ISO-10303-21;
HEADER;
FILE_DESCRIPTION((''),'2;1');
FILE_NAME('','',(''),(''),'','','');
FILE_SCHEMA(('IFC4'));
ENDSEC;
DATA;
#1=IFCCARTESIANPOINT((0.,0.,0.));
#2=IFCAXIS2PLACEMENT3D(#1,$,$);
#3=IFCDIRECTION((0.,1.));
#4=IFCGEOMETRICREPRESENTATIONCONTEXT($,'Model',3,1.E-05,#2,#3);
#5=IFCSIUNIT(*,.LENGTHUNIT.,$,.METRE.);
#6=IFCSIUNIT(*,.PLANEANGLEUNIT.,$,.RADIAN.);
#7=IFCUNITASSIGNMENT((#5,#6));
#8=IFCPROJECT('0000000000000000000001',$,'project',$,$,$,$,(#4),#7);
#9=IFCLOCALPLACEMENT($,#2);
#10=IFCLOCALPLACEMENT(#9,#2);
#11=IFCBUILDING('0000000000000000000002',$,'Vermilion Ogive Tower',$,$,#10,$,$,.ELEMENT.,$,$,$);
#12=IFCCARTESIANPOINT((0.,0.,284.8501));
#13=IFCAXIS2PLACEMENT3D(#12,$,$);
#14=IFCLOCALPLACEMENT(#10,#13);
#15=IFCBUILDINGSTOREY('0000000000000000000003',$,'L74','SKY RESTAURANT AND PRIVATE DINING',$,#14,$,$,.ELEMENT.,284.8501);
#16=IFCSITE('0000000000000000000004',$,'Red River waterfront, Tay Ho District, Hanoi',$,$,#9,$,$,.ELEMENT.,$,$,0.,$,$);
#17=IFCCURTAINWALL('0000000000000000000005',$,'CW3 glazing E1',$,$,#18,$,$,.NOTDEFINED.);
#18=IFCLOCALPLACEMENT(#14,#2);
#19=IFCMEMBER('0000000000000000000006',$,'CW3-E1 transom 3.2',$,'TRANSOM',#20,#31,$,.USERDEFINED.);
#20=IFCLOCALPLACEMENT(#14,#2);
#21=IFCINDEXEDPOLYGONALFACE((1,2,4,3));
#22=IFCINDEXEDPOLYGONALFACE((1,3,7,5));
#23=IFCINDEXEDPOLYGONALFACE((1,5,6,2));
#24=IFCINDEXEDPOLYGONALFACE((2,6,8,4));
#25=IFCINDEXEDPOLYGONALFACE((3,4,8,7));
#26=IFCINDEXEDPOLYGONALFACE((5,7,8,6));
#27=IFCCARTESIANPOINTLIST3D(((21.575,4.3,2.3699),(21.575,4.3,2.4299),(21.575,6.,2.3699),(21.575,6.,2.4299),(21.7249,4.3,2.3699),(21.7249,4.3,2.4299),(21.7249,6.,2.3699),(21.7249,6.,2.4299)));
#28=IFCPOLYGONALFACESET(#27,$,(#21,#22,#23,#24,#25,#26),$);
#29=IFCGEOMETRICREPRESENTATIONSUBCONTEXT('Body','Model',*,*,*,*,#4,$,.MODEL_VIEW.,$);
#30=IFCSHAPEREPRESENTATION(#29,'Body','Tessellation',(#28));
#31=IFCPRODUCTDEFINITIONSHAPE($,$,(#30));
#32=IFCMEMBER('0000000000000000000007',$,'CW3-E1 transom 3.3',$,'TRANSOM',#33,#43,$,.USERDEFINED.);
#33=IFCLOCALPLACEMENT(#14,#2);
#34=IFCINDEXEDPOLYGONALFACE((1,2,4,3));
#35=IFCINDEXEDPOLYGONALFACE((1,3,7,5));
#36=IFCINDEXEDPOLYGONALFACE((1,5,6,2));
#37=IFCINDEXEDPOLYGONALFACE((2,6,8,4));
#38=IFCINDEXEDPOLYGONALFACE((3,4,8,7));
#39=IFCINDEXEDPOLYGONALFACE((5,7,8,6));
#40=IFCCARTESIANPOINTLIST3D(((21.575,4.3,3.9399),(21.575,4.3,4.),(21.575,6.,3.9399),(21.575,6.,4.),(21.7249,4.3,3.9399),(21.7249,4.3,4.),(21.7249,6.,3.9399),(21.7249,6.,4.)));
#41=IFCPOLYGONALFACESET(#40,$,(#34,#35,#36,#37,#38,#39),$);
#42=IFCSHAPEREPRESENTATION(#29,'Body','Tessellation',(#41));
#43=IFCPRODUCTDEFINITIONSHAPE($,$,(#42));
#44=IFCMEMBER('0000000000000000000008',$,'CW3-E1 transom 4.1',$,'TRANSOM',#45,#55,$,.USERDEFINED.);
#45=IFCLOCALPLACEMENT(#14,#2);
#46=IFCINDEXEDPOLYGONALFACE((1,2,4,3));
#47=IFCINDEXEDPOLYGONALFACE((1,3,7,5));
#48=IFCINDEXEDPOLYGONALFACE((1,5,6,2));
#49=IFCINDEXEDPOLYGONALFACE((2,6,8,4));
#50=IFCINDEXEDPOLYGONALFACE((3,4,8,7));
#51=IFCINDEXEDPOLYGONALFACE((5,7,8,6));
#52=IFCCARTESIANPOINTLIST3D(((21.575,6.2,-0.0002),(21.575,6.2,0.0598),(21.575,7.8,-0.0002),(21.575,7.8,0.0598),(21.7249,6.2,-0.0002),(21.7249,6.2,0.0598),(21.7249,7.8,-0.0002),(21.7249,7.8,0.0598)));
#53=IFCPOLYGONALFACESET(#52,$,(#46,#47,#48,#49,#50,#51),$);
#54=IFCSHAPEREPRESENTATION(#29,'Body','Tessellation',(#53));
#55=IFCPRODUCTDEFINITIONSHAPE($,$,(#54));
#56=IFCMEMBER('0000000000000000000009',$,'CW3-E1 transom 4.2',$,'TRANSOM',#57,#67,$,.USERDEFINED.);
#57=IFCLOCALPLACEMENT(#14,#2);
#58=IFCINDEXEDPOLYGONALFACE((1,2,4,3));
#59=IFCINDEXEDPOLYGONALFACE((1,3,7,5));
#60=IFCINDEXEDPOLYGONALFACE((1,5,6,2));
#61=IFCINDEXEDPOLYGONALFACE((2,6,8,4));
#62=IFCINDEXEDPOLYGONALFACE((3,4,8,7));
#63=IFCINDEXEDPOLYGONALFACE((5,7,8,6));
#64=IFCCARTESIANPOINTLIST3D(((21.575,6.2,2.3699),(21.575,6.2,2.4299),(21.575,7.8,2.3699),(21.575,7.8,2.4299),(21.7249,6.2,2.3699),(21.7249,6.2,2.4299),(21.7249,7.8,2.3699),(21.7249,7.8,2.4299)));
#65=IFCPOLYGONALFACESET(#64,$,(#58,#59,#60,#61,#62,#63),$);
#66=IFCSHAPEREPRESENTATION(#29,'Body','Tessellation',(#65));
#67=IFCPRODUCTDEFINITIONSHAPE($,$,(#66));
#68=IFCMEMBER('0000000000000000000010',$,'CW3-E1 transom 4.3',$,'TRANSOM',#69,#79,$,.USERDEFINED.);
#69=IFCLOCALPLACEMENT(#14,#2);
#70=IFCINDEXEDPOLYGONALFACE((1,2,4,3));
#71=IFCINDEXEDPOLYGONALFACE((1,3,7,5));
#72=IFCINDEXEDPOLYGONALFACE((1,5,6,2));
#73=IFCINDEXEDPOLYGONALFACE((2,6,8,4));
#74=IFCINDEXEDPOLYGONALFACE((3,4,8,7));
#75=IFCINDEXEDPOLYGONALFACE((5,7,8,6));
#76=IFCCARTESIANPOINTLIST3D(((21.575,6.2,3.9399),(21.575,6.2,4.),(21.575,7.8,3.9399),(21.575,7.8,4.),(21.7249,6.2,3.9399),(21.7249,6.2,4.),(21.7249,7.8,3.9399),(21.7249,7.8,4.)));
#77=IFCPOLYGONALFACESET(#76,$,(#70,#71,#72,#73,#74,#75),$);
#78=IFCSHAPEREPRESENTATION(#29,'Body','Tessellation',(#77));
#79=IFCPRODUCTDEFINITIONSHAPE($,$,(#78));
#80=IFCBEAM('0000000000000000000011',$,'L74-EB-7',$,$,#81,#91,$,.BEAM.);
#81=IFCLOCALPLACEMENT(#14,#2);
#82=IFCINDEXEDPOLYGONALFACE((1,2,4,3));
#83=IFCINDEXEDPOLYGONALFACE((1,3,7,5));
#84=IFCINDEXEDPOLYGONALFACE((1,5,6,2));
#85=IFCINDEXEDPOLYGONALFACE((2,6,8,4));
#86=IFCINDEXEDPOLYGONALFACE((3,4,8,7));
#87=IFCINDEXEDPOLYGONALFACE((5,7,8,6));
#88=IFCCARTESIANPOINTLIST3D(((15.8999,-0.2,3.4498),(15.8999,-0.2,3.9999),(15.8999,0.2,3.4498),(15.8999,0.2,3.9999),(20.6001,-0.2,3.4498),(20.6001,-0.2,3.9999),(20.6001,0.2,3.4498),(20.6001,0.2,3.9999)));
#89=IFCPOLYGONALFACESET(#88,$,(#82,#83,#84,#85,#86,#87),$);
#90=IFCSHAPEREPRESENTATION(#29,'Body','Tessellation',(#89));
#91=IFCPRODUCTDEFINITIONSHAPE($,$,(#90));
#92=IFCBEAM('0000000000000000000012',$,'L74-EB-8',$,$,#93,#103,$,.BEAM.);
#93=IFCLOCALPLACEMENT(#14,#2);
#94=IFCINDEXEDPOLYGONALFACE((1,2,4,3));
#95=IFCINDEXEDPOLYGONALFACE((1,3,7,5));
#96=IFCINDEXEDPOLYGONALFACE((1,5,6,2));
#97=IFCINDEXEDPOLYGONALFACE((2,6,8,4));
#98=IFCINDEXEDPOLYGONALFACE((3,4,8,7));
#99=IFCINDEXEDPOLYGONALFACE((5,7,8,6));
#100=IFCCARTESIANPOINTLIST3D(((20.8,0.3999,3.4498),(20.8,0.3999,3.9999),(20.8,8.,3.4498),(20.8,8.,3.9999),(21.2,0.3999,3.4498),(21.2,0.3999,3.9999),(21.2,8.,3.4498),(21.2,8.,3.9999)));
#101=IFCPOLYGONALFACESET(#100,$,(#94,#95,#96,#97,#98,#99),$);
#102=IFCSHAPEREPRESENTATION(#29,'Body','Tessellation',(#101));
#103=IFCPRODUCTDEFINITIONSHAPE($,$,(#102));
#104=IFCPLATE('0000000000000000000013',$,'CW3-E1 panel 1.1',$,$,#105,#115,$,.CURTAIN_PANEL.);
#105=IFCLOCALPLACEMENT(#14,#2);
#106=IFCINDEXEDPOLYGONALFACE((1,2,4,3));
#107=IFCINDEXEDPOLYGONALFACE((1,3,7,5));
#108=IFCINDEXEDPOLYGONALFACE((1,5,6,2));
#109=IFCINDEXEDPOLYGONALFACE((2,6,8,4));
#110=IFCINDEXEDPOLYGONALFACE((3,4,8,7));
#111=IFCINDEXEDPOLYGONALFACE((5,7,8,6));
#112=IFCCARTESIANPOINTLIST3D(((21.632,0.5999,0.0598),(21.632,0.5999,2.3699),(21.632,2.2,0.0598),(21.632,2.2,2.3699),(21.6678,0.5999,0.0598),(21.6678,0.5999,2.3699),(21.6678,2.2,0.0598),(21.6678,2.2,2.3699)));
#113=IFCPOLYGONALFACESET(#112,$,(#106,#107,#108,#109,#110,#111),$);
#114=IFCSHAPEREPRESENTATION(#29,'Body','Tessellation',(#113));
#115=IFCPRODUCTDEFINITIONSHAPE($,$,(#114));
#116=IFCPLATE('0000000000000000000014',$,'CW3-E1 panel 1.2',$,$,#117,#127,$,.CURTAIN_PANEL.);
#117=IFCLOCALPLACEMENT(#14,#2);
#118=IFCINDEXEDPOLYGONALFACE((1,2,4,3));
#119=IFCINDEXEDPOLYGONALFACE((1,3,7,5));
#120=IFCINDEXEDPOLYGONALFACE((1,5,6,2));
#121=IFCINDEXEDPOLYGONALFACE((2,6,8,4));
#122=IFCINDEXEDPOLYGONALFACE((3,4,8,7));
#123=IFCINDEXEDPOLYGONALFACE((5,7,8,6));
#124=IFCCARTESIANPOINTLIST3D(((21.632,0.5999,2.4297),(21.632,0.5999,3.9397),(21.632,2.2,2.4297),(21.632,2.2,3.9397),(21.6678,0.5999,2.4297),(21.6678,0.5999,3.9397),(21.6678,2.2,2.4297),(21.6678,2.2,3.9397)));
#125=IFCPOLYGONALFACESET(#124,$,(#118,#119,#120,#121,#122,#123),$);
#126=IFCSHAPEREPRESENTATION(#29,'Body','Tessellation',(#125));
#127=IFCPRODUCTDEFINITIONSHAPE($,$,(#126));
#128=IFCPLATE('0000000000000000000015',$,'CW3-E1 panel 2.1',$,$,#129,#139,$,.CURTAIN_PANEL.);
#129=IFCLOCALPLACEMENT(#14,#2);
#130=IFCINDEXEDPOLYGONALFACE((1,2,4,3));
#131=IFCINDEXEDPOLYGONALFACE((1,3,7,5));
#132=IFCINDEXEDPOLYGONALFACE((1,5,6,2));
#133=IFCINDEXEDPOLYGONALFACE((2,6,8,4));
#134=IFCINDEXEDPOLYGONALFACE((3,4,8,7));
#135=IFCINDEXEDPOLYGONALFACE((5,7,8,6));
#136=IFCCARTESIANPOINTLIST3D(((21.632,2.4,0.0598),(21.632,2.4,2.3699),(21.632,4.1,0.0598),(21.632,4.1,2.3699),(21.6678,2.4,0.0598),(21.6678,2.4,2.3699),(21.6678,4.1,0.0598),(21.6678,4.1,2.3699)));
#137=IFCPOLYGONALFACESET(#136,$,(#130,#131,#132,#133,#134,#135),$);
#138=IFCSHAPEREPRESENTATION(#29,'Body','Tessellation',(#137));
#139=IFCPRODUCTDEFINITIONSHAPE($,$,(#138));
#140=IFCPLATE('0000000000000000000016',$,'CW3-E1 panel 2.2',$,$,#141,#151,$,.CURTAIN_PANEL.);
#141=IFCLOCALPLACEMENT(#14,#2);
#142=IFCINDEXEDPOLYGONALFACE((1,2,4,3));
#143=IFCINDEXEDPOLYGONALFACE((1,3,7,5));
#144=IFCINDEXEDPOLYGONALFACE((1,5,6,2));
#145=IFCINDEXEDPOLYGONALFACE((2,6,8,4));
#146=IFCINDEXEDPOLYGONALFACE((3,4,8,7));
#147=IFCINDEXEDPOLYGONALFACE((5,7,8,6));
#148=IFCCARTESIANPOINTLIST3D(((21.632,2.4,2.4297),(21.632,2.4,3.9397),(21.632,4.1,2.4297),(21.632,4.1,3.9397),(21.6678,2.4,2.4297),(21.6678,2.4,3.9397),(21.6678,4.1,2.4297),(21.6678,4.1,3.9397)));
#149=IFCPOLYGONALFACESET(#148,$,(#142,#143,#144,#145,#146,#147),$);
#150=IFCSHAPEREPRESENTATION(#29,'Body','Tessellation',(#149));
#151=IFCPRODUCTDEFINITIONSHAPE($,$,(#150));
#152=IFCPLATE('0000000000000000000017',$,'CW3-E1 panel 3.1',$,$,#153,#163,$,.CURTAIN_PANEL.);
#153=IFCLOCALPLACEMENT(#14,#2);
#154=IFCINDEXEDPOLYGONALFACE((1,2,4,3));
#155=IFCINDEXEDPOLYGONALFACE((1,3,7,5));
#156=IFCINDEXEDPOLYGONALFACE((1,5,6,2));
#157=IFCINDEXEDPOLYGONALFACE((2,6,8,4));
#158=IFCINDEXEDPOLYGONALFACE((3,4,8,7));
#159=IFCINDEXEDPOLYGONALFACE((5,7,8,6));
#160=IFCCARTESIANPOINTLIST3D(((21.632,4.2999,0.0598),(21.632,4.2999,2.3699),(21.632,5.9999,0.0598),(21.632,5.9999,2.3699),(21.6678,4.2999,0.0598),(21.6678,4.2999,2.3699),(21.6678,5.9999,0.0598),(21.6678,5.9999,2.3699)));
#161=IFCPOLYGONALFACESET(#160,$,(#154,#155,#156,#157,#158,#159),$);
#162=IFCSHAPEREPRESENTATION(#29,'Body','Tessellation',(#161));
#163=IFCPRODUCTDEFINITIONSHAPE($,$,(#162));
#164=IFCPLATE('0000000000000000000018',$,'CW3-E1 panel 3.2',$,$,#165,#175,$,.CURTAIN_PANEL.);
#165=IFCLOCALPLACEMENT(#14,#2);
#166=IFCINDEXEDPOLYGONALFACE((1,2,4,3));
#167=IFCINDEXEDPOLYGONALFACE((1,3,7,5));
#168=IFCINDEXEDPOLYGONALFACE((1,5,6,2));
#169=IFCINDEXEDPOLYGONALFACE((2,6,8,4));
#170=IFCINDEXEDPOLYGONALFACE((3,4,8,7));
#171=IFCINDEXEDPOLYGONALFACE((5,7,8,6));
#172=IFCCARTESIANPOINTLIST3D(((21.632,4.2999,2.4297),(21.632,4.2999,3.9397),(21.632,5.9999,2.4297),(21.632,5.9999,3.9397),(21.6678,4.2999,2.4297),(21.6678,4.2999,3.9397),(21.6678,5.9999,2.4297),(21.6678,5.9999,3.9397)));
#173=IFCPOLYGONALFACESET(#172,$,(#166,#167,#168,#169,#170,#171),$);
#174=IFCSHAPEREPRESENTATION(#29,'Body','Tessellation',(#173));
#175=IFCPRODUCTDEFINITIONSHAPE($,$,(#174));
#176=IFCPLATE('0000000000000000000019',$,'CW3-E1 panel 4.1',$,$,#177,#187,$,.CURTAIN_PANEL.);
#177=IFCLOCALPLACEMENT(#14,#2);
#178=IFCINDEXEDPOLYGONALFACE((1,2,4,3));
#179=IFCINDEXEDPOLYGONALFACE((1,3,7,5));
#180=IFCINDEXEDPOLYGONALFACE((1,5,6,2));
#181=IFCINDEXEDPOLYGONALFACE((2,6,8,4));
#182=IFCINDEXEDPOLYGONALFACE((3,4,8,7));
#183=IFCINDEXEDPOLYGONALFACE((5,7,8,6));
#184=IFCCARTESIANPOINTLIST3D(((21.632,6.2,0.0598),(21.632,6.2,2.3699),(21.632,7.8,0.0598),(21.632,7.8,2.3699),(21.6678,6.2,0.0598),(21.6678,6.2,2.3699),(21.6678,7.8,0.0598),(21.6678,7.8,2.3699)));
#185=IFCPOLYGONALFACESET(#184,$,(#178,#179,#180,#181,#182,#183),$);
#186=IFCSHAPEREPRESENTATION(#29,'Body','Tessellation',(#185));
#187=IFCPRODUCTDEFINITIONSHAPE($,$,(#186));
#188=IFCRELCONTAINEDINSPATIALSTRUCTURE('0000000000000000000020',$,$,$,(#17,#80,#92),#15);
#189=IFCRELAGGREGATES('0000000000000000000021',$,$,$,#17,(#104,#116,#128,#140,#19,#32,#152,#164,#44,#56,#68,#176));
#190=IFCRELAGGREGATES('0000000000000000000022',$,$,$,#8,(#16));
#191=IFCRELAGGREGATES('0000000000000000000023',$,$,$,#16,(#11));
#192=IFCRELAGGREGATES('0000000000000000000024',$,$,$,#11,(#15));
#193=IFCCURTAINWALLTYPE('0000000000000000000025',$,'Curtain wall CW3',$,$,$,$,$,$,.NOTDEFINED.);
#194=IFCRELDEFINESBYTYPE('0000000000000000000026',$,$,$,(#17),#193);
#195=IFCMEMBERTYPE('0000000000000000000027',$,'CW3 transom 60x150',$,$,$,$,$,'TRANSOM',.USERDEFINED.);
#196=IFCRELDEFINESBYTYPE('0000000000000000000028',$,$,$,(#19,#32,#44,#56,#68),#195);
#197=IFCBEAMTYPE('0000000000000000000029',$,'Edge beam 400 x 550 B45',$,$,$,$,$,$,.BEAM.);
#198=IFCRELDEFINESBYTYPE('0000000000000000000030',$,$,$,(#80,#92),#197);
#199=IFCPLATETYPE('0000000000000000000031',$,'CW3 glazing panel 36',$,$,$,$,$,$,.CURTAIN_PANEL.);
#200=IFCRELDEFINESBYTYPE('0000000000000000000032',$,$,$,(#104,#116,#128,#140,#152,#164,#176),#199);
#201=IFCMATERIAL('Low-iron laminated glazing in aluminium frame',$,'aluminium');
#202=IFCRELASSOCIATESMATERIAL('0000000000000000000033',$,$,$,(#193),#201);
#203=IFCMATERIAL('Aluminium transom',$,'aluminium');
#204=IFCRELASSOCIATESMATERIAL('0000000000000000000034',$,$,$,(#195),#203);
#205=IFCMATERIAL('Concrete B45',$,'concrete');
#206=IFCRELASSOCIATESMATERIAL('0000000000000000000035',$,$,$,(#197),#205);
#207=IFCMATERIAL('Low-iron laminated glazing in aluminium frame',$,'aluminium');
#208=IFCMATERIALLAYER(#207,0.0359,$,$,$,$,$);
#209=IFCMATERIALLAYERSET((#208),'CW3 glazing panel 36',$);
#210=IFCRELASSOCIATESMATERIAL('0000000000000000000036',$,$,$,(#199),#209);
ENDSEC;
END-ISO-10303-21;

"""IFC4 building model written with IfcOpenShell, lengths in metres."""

from ifc_helpers import new_model, si_unit, direction, frame, origin, origin_2d, place, context, subcontext, project, spatial, rectangle, extrude, material, layer, layer_set, material_profile, profile_set, type_object, element, aggregate, save


model = new_model("IFC4")

# Units and contexts
model_context = context("Model", 3, precision=1e-05, world=origin(), true_north=direction((0.0, 1.0)))
body_context = subcontext(model_context, "Body", "Model", "MODEL_VIEW")
ifc_project = project(units=[si_unit("LENGTHUNIT", "METRE"), si_unit("PLANEANGLEUNIT", "RADIAN")], contexts=[model_context])

# Site, building, storey
site_placement = place(None, origin())
site = spatial("IfcSite", under=ifc_project, at=site_placement, Name="Red River waterfront, Tay Ho District, Hanoi", CompositionType="ELEMENT", RefElevation=0.0)
building_placement = place(site_placement, origin())
building = spatial("IfcBuilding", under=site, at=building_placement, Name="Vermilion Ogive Tower", CompositionType="ELEMENT")
storey_placement = place(building_placement, frame((0.0, 0.0, 284.8501)))
storey = spatial("IfcBuildingStorey", under=building, at=storey_placement, Name="L74", Description="SKY RESTAURANT AND PRIVATE DINING", CompositionType="ELEMENT", Elevation=284.8501)

# Curtain wall, members
ifc_material_1 = material(Name="Low-iron laminated glazing in aluminium frame", Category="aluminium")
curtain_wall_type = type_object("IfcCurtainWallType", Name="Curtain wall CW3", PredefinedType="NOTDEFINED", material=ifc_material_1)
curtain_wall_placement = place(storey_placement, origin())
curtain_wall = element("IfcCurtainWall", 1, at=curtain_wall_placement, inside=storey, type_object=curtain_wall_type, Name="CW3 glazing E1", PredefinedType="NOTDEFINED")
ifc_material_2 = material(Name="Aluminium transom", Category="aluminium")
ifc_material_profile_1 = material_profile(ifc_material_2, rectangle(XDim=0.1499, YDim=0.0601, at=origin_2d()), Name="AL 60x150")
ifc_profile_set_1 = profile_set([ifc_material_profile_1], Name="Aluminium transom")
member_type_1 = type_object("IfcMemberType", Name="CW3 transom 60x150", ElementType="TRANSOM", PredefinedType="USERDEFINED", material=ifc_profile_set_1)
member_1_placement = place(storey_placement, frame((21.6499, 4.3, 2.3999), z_axis=(0.0, 1.0, 0.0), x_axis=(-1.0, 0.0, 0.0)))
member_1 = element("IfcMember", 2, at=member_1_placement, type_object=member_type_1, Name="CW3-E1 transom 3.2", ObjectType="TRANSOM", PredefinedType="USERDEFINED", context=body_context, shape_type="SweptSolid", body=[
    extrude(rectangle(XDim=0.1499, YDim=0.0601, at=origin_2d()), origin(), (0.0, 0.0, 1.0), 1.7),
])
member_2_placement = place(storey_placement, frame((21.6499, 4.3, 3.97), z_axis=(0.0, 1.0, 0.0), x_axis=(-1.0, 0.0, 0.0)))
member_2 = element("IfcMember", 3, at=member_2_placement, type_object=member_type_1, Name="CW3-E1 transom 3.3", ObjectType="TRANSOM", PredefinedType="USERDEFINED", context=body_context, shape_type="SweptSolid", body=[
    extrude(rectangle(XDim=0.1499, YDim=0.0601, at=origin_2d()), origin(), (0.0, 0.0, 1.0), 1.7),
])
member_3_placement = place(storey_placement, frame((21.6499, 6.2, 0.0298), z_axis=(0.0, 1.0, 0.0), x_axis=(-1.0, 0.0, 0.0)))
member_3 = element("IfcMember", 4, at=member_3_placement, type_object=member_type_1, Name="CW3-E1 transom 4.1", ObjectType="TRANSOM", PredefinedType="USERDEFINED", context=body_context, shape_type="SweptSolid", body=[
    extrude(rectangle(XDim=0.1499, YDim=0.0601, at=origin_2d()), origin(), (0.0, 0.0, 1.0), 1.6001),
])
member_4_placement = place(storey_placement, frame((21.6499, 6.2, 2.3999), z_axis=(0.0, 1.0, 0.0), x_axis=(-1.0, 0.0, 0.0)))
member_4 = element("IfcMember", 5, at=member_4_placement, type_object=member_type_1, Name="CW3-E1 transom 4.2", ObjectType="TRANSOM", PredefinedType="USERDEFINED", context=body_context, shape_type="SweptSolid", body=[
    extrude(rectangle(XDim=0.1499, YDim=0.0601, at=origin_2d()), origin(), (0.0, 0.0, 1.0), 1.6001),
])
member_5_placement = place(storey_placement, frame((21.6499, 6.2, 3.97), z_axis=(0.0, 1.0, 0.0), x_axis=(-1.0, 0.0, 0.0)))
member_5 = element("IfcMember", 6, at=member_5_placement, type_object=member_type_1, Name="CW3-E1 transom 4.3", ObjectType="TRANSOM", PredefinedType="USERDEFINED", context=body_context, shape_type="SweptSolid", body=[
    extrude(rectangle(XDim=0.1499, YDim=0.0601, at=origin_2d()), origin(), (0.0, 0.0, 1.0), 1.6001),
])

# Beams
ifc_material_3 = material(Name="Concrete B45", Category="concrete")
ifc_material_profile_2 = material_profile(ifc_material_3, rectangle(XDim=0.3999, YDim=0.55, at=origin_2d()), Name="400 x 550")
ifc_profile_set_2 = profile_set([ifc_material_profile_2], Name="Concrete B45")
beam_type = type_object("IfcBeamType", Name="Edge beam 400 x 550 B45", PredefinedType="BEAM", material=ifc_profile_set_2)
beam_1_placement = place(storey_placement, frame((15.8999, 0.0, 3.7249), z_axis=(1.0, 0.0, 0.0), x_axis=(0.0, 1.0, 0.0)))
element("IfcBeam", 7, at=beam_1_placement, inside=storey, type_object=beam_type, Name="L74-EB-7", PredefinedType="BEAM", context=body_context, shape_type="SweptSolid", body=[
    extrude(rectangle(XDim=0.3999, YDim=0.55, at=origin_2d()), origin(), (0.0, 0.0, 1.0), 4.7002),
])
beam_2_placement = place(storey_placement, frame((21.0, 0.3999, 3.7249), z_axis=(0.0, 1.0, 0.0), x_axis=(-1.0, 0.0, 0.0)))
element("IfcBeam", 8, at=beam_2_placement, inside=storey, type_object=beam_type, Name="L74-EB-8", PredefinedType="BEAM", context=body_context, shape_type="SweptSolid", body=[
    extrude(rectangle(XDim=0.3999, YDim=0.55, at=origin_2d()), origin(), (0.0, 0.0, 1.0), 7.6001),
])

# Plates
ifc_material_4 = material(Name="Low-iron laminated glazing in aluminium frame", Category="aluminium")
ifc_layer_1 = layer(ifc_material_4, 0.0359)
ifc_layer_set_1 = layer_set([ifc_layer_1], Name="CW3 glazing panel 36")
plate_type = type_object("IfcPlateType", Name="CW3 glazing panel 36", PredefinedType="CURTAIN_PANEL", material=ifc_layer_set_1)
plate_1_placement = place(storey_placement, frame((21.6499, 1.3999, 0.0598), z_axis=(0.0, 0.0, 1.0), x_axis=(0.0, 1.0, 0.0)))
plate_1 = element("IfcPlate", 9, at=plate_1_placement, type_object=plate_type, Name="CW3-E1 panel 1.1", PredefinedType="CURTAIN_PANEL", context=body_context, shape_type="SweptSolid", body=[
    extrude(rectangle(XDim=1.6001, YDim=0.0359, at=origin_2d()), origin(), (0.0, 0.0, 1.0), 2.3101),
])
plate_2_placement = place(storey_placement, frame((21.6499, 1.3999, 2.4297), z_axis=(0.0, 0.0, 1.0), x_axis=(0.0, 1.0, 0.0)))
plate_2 = element("IfcPlate", 10, at=plate_2_placement, type_object=plate_type, Name="CW3-E1 panel 1.2", PredefinedType="CURTAIN_PANEL", context=body_context, shape_type="SweptSolid", body=[
    extrude(rectangle(XDim=1.6001, YDim=0.0359, at=origin_2d()), origin(), (0.0, 0.0, 1.0), 1.51),
])
plate_3_placement = place(storey_placement, frame((21.6499, 3.25, 0.0598), z_axis=(0.0, 0.0, 1.0), x_axis=(0.0, 1.0, 0.0)))
plate_3 = element("IfcPlate", 11, at=plate_3_placement, type_object=plate_type, Name="CW3-E1 panel 2.1", PredefinedType="CURTAIN_PANEL", context=body_context, shape_type="SweptSolid", body=[
    extrude(rectangle(XDim=1.7, YDim=0.0359, at=origin_2d()), origin(), (0.0, 0.0, 1.0), 2.3101),
])
plate_4_placement = place(storey_placement, frame((21.6499, 3.25, 2.4297), z_axis=(0.0, 0.0, 1.0), x_axis=(0.0, 1.0, 0.0)))
plate_4 = element("IfcPlate", 12, at=plate_4_placement, type_object=plate_type, Name="CW3-E1 panel 2.2", PredefinedType="CURTAIN_PANEL", context=body_context, shape_type="SweptSolid", body=[
    extrude(rectangle(XDim=1.7, YDim=0.0359, at=origin_2d()), origin(), (0.0, 0.0, 1.0), 1.51),
])
plate_5_placement = place(storey_placement, frame((21.6499, 5.1499, 0.0598), z_axis=(0.0, 0.0, 1.0), x_axis=(0.0, 1.0, 0.0)))
plate_5 = element("IfcPlate", 13, at=plate_5_placement, type_object=plate_type, Name="CW3-E1 panel 3.1", PredefinedType="CURTAIN_PANEL", context=body_context, shape_type="SweptSolid", body=[
    extrude(rectangle(XDim=1.7, YDim=0.0359, at=origin_2d()), origin(), (0.0, 0.0, 1.0), 2.3101),
])
plate_6_placement = place(storey_placement, frame((21.6499, 5.1499, 2.4297), z_axis=(0.0, 0.0, 1.0), x_axis=(0.0, 1.0, 0.0)))
plate_6 = element("IfcPlate", 14, at=plate_6_placement, type_object=plate_type, Name="CW3-E1 panel 3.2", PredefinedType="CURTAIN_PANEL", context=body_context, shape_type="SweptSolid", body=[
    extrude(rectangle(XDim=1.7, YDim=0.0359, at=origin_2d()), origin(), (0.0, 0.0, 1.0), 1.51),
])
plate_7_placement = place(storey_placement, frame((21.6499, 7.0, 0.0598), z_axis=(0.0, 0.0, 1.0), x_axis=(0.0, 1.0, 0.0)))
plate_7 = element("IfcPlate", 15, at=plate_7_placement, type_object=plate_type, Name="CW3-E1 panel 4.1", PredefinedType="CURTAIN_PANEL", context=body_context, shape_type="SweptSolid", body=[
    extrude(rectangle(XDim=1.6001, YDim=0.0359, at=origin_2d()), origin(), (0.0, 0.0, 1.0), 2.3101),
])
aggregate(curtain_wall, [plate_1, plate_2, plate_3, plate_4, member_1, member_2, plate_5, plate_6, member_3, member_4, member_5, plate_7])

save(model, "model.ifc")
